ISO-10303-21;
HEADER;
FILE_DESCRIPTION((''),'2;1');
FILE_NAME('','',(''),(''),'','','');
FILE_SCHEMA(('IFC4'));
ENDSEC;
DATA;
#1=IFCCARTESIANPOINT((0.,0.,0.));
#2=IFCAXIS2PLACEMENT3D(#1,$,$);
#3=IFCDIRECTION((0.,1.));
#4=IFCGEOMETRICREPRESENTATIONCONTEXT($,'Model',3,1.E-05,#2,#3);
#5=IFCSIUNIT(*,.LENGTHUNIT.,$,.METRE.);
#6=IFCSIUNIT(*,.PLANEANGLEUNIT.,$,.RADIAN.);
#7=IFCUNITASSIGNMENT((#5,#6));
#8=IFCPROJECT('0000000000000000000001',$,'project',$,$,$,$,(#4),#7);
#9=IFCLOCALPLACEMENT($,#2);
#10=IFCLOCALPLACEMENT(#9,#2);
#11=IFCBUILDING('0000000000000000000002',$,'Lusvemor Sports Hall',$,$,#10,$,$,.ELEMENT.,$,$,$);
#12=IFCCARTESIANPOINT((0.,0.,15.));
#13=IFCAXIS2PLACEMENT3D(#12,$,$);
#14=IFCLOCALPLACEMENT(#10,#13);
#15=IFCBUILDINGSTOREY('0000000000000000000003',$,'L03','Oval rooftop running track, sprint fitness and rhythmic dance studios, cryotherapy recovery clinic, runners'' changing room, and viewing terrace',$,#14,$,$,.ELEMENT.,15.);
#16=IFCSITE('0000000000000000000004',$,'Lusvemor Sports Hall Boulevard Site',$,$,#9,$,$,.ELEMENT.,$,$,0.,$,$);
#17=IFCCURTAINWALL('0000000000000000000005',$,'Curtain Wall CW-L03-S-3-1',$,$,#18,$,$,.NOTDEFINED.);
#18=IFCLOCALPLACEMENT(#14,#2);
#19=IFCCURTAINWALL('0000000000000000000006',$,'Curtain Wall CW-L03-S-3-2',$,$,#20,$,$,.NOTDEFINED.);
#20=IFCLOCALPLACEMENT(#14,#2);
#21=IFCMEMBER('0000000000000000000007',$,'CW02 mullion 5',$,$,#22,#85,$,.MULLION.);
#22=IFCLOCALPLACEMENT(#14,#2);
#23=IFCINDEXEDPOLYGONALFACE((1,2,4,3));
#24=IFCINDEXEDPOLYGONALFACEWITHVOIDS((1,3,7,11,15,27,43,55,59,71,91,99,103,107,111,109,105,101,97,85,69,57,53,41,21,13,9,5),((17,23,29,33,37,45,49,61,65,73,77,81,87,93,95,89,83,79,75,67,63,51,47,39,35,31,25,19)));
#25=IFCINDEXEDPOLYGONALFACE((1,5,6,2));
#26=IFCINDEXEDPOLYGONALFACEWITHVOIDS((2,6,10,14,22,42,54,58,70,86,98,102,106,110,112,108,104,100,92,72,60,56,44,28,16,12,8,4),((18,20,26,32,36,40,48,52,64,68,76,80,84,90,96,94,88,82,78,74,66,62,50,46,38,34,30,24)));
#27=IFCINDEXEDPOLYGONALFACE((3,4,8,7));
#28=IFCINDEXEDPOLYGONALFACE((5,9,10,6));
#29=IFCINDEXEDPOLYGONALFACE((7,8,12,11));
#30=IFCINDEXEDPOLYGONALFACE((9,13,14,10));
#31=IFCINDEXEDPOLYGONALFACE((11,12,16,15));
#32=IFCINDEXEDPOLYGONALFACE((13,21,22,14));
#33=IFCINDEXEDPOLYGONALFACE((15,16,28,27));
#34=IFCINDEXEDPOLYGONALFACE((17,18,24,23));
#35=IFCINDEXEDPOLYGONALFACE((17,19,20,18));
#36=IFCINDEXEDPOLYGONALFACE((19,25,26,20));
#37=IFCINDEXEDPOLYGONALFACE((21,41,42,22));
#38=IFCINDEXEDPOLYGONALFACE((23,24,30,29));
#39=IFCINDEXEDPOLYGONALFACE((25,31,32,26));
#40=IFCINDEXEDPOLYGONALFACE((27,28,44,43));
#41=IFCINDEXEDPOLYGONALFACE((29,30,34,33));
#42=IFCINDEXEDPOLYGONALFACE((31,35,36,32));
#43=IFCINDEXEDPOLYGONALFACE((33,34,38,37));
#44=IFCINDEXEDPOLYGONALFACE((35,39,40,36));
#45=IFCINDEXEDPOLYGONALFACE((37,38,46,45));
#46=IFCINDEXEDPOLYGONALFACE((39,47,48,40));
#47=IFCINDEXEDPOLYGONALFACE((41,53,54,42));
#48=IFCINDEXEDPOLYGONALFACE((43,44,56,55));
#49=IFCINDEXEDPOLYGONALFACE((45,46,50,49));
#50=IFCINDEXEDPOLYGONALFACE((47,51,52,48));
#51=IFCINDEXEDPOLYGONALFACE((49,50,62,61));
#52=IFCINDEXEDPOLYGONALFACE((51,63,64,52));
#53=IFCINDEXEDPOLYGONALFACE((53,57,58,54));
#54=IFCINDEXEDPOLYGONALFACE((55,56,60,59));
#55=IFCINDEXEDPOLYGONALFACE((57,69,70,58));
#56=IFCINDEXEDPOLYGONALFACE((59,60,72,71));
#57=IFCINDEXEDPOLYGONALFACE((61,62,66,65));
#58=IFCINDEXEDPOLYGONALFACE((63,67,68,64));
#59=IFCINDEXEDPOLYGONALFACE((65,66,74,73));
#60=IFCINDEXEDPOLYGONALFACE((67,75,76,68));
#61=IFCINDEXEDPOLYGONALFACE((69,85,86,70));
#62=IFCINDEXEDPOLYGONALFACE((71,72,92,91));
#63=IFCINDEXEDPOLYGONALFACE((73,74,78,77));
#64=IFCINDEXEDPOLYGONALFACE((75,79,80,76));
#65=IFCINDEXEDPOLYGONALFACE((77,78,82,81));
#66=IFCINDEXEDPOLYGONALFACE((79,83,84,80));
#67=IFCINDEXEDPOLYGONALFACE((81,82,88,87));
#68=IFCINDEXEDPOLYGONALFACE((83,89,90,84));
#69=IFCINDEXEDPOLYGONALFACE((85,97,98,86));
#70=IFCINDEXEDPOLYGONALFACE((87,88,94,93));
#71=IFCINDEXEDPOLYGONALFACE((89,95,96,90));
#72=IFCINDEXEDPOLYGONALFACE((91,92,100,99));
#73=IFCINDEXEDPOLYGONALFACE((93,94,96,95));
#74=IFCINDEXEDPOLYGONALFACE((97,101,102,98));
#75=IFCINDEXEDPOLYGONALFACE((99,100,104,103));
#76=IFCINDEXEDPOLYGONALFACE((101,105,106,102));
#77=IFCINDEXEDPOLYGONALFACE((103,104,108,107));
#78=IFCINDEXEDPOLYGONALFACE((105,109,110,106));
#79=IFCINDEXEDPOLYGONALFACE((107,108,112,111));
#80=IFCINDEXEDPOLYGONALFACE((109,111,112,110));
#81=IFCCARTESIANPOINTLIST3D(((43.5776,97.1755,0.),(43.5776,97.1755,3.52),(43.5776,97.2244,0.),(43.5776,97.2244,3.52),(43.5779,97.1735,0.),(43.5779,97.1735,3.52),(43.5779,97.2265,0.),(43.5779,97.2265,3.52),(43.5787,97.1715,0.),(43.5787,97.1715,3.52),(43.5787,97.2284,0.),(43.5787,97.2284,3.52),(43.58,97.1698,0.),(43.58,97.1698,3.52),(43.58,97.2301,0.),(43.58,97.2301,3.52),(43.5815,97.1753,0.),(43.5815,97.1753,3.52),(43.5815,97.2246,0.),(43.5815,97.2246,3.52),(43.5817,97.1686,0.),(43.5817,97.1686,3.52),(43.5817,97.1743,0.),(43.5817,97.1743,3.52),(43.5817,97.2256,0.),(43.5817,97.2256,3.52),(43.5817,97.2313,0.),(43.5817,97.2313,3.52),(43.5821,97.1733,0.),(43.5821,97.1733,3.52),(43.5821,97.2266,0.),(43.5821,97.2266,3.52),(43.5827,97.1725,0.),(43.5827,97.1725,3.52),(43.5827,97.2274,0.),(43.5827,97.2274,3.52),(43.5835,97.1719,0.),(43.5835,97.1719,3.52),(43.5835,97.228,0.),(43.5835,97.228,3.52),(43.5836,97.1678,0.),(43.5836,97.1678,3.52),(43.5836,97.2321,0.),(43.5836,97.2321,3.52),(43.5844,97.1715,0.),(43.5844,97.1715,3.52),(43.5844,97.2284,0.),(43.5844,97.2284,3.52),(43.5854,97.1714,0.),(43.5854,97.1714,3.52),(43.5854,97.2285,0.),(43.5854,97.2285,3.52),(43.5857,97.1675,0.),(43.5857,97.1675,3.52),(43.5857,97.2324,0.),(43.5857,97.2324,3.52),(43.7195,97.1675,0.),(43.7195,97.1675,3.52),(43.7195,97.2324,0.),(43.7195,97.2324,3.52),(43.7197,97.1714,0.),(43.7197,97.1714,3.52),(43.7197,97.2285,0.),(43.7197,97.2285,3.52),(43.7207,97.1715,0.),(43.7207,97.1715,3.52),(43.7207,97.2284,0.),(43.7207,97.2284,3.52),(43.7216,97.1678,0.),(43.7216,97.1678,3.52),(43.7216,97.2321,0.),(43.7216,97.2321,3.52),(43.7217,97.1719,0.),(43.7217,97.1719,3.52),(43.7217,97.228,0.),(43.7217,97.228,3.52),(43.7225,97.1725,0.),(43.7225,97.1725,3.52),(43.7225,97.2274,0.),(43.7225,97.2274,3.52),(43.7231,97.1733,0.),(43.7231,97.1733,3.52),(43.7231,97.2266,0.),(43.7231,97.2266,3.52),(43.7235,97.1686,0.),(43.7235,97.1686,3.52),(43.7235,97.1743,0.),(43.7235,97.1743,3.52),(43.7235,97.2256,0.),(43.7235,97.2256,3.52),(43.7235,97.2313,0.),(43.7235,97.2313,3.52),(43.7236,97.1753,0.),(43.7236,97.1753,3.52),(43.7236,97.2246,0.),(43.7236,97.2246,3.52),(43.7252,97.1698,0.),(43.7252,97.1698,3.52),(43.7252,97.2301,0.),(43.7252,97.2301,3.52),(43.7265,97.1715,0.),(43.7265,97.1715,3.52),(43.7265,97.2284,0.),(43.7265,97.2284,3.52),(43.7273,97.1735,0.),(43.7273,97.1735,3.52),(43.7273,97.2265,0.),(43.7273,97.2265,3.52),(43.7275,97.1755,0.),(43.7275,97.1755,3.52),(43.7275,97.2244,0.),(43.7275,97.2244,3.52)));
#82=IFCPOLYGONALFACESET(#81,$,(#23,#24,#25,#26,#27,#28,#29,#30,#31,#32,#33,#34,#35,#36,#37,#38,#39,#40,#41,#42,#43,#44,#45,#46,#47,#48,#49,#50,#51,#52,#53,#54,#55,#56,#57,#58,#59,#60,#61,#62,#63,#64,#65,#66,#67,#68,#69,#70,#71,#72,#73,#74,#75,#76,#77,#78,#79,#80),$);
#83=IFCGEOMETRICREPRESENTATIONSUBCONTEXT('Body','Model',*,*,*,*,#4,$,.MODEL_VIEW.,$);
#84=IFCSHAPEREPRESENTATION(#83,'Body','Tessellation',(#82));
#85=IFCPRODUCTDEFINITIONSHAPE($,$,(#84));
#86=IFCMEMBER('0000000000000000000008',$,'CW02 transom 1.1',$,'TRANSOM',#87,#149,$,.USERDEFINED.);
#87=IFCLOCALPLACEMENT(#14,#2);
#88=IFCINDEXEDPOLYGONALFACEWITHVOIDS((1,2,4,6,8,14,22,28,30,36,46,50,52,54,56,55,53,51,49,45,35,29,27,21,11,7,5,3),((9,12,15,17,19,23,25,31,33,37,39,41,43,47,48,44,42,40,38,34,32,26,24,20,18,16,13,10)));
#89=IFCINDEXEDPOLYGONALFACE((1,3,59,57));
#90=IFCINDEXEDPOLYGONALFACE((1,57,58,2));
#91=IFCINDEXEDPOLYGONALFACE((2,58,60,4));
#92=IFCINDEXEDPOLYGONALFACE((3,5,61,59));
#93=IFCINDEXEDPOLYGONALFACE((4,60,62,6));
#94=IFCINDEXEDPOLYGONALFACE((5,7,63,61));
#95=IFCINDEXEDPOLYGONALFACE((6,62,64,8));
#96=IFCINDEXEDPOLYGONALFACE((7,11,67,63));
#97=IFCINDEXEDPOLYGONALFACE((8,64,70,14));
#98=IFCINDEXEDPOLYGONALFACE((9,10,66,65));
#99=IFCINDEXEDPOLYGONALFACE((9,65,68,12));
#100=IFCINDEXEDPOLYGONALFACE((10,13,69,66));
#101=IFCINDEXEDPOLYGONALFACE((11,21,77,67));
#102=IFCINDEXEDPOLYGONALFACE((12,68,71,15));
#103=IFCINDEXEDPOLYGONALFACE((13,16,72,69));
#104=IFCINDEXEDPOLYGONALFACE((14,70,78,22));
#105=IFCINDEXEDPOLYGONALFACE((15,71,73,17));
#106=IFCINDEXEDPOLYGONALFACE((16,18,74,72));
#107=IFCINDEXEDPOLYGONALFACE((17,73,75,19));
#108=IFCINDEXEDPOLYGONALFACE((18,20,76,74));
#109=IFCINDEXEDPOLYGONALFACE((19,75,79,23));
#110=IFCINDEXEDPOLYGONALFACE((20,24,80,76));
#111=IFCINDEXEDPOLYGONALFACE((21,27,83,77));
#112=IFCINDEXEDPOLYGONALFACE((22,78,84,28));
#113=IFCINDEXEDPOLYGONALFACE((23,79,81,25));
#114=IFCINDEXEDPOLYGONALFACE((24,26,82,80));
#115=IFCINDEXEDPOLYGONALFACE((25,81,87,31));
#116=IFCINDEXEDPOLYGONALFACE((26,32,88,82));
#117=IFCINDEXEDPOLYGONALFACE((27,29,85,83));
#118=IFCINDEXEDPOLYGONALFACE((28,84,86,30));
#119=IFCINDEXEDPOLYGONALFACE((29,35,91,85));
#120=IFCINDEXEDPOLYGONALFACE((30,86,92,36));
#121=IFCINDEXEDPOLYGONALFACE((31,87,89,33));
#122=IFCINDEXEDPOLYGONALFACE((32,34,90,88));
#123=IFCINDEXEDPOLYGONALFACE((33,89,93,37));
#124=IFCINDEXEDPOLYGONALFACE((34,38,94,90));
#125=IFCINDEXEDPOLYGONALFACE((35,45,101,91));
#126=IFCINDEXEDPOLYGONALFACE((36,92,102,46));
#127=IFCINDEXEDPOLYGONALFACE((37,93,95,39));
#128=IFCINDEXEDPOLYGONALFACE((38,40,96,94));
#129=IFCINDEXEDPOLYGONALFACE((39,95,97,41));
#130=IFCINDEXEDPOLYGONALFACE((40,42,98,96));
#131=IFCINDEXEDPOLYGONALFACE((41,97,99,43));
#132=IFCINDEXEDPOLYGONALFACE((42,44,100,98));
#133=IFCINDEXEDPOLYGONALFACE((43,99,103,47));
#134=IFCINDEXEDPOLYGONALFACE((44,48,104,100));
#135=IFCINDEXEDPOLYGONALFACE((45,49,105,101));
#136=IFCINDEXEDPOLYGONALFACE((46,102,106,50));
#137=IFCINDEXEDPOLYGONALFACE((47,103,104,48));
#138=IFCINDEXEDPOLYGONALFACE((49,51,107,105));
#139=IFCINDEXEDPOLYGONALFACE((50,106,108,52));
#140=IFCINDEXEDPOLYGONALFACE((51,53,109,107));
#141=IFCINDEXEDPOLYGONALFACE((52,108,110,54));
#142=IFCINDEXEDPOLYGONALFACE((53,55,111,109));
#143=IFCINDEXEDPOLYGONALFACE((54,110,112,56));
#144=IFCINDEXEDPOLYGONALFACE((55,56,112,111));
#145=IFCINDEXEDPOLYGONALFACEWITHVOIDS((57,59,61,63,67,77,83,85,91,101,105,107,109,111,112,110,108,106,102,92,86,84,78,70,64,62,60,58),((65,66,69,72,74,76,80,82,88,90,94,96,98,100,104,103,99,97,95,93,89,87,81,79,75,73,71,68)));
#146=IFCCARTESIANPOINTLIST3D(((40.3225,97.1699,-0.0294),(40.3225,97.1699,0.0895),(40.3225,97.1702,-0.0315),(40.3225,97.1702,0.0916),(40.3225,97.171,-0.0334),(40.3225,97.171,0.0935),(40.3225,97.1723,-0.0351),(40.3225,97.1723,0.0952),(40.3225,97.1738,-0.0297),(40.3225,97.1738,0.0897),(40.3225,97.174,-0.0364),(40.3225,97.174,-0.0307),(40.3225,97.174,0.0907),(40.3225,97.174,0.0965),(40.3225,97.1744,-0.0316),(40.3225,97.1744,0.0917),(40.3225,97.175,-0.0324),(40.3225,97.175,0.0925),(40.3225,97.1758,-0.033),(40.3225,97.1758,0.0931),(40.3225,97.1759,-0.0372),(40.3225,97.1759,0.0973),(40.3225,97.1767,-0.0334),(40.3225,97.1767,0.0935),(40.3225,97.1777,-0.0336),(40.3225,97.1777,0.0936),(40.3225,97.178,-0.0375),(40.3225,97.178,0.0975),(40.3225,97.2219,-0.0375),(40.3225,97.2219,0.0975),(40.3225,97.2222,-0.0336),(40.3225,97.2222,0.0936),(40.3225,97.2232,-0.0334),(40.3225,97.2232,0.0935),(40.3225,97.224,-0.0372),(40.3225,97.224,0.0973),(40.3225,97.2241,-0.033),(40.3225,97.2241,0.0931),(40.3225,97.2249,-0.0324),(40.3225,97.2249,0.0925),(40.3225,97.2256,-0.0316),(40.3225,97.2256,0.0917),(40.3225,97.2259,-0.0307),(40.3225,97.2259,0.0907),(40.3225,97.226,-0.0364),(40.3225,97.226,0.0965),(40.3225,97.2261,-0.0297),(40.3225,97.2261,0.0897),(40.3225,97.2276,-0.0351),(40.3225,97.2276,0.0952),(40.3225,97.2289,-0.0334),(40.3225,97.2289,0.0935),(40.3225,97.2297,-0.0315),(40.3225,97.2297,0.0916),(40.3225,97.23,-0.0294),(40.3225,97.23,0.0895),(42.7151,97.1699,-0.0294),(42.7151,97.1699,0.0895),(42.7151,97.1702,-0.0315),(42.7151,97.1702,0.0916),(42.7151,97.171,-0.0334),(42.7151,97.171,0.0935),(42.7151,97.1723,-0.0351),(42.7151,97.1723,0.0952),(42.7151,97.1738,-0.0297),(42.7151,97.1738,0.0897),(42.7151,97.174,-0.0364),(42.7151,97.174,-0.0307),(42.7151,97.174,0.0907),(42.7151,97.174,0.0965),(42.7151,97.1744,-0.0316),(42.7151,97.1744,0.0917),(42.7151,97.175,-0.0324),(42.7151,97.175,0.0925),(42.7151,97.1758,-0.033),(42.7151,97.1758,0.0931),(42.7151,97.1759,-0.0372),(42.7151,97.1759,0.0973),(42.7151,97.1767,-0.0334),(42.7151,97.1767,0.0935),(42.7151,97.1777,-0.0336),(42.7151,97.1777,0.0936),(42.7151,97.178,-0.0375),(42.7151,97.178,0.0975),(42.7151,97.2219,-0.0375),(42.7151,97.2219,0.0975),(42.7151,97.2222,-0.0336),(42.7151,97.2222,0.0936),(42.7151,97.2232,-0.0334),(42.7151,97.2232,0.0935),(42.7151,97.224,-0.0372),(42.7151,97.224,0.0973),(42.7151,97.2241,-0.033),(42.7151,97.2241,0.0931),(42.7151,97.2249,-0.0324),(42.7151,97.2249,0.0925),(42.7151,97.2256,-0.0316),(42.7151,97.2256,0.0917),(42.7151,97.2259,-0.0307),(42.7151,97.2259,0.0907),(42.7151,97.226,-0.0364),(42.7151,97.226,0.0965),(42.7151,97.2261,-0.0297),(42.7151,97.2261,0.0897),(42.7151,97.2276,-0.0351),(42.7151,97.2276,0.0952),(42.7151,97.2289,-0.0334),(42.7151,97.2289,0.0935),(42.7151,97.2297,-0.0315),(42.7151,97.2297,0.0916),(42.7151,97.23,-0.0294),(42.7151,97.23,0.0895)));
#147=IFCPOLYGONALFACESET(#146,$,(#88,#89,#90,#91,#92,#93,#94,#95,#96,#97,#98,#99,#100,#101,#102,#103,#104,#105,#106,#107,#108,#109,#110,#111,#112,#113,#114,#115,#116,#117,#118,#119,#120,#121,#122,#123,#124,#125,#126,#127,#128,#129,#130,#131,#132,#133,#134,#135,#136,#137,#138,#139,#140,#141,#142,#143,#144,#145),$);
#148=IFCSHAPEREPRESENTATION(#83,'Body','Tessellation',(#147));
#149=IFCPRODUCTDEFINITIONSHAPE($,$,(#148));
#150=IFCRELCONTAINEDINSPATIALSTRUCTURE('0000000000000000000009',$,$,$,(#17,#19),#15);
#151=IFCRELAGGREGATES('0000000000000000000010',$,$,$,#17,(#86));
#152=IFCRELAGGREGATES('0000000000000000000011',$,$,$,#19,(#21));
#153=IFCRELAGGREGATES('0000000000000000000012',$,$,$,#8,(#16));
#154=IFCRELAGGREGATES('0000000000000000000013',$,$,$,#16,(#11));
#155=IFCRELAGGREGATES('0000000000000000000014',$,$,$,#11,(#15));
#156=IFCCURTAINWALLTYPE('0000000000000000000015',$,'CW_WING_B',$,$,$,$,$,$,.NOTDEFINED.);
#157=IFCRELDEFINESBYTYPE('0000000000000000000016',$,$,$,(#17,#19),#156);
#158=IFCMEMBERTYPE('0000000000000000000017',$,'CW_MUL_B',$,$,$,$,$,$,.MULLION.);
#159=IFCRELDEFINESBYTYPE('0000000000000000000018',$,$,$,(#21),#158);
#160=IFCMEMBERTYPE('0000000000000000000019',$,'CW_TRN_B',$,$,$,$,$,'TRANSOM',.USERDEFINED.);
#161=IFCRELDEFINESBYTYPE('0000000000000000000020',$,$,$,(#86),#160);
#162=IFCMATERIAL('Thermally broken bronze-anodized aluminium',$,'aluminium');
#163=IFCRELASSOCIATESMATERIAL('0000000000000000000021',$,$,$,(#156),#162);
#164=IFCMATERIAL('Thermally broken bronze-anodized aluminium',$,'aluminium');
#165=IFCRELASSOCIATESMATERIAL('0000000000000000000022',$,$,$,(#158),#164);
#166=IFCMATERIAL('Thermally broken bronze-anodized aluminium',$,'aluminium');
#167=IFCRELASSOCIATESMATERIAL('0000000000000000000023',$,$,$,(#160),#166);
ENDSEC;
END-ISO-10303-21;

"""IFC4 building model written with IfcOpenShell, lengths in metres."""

from ifc_helpers import new_model, si_unit, direction, frame, origin, origin_2d, place, context, subcontext, project, spatial, hollow_rectangle, extrude, material, material_profile, profile_set, type_object, element, aggregate, save


model = new_model("IFC4")

# Units and contexts
model_context = context("Model", 3, precision=1e-05, world=origin(), true_north=direction((0.0, 1.0)))
body_context = subcontext(model_context, "Body", "Model", "MODEL_VIEW")
ifc_project = project(units=[si_unit("LENGTHUNIT", "METRE"), si_unit("PLANEANGLEUNIT", "RADIAN")], contexts=[model_context])

# Site, building, storey
site_placement = place(None, origin())
site = spatial("IfcSite", under=ifc_project, at=site_placement, Name="Lusvemor Sports Hall Boulevard Site", CompositionType="ELEMENT", RefElevation=0.0)
building_placement = place(site_placement, origin())
building = spatial("IfcBuilding", under=site, at=building_placement, Name="Lusvemor Sports Hall", CompositionType="ELEMENT")
storey_placement = place(building_placement, frame((0.0, 0.0, 15.0)))
storey = spatial("IfcBuildingStorey", under=building, at=storey_placement, Name="L03", Description="Oval rooftop running track, sprint fitness and rhythmic dance studios, cryotherapy recovery clinic, runners' changing room, and viewing terrace", CompositionType="ELEMENT", Elevation=15.0)

# Curtain walls, member
ifc_material_1 = material(Name="Thermally broken bronze-anodized aluminium", Category="aluminium")
curtain_wall_type = type_object("IfcCurtainWallType", Name="CW_WING_B", PredefinedType="NOTDEFINED", material=ifc_material_1)
curtain_wall_1_placement = place(storey_placement, origin())
curtain_wall_1 = element("IfcCurtainWall", 1, at=curtain_wall_1_placement, inside=storey, type_object=curtain_wall_type, Name="Curtain Wall CW-L03-S-3-1", PredefinedType="NOTDEFINED")
ifc_material_2 = material(Name="Thermally broken bronze-anodized aluminium", Category="aluminium")
ifc_material_profile_1 = material_profile(ifc_material_2, hollow_rectangle(XDim=0.0649, YDim=0.1499, WallThickness=0.0039, InnerFilletRadius=0.0039, OuterFilletRadius=0.0081, at=origin_2d()), Name="CWMUL150x65x4")
ifc_profile_set_1 = profile_set([ifc_material_profile_1], Name="Thermally broken bronze-anodized aluminium")
member_type_1 = type_object("IfcMemberType", Name="CW_MUL_B", PredefinedType="MULLION", material=ifc_profile_set_1)
curtain_wall_2_placement = place(storey_placement, origin())
curtain_wall_2 = element("IfcCurtainWall", 2, at=curtain_wall_2_placement, inside=storey, type_object=curtain_wall_type, Name="Curtain Wall CW-L03-S-3-2", PredefinedType="NOTDEFINED")
member_1_placement = place(storey_placement, frame((43.6526, 97.2, 0.0), z_axis=(0.0, 0.0, 1.0), x_axis=(0.0, -1.0, 0.0)))
member_1 = element("IfcMember", 3, at=member_1_placement, type_object=member_type_1, Name="CW02 mullion 5", PredefinedType="MULLION", context=body_context, shape_type="SweptSolid", body=[
    extrude(hollow_rectangle(XDim=0.0649, YDim=0.1499, WallThickness=0.0039, InnerFilletRadius=0.0039, OuterFilletRadius=0.0081, at=origin_2d()), origin(), (0.0, 0.0, 1.0), 3.52),
])

# Member
ifc_material_3 = material(Name="Thermally broken bronze-anodized aluminium", Category="aluminium")
ifc_material_profile_2 = material_profile(ifc_material_3, hollow_rectangle(XDim=0.0601, YDim=0.135, WallThickness=0.0039, InnerFilletRadius=0.0039, OuterFilletRadius=0.0081, at=origin_2d()), Name="CWTRN135x60x4")
ifc_profile_set_2 = profile_set([ifc_material_profile_2], Name="Thermally broken bronze-anodized aluminium")
member_type_2 = type_object("IfcMemberType", Name="CW_TRN_B", ElementType="TRANSOM", PredefinedType="USERDEFINED", material=ifc_profile_set_2)
member_2_placement = place(storey_placement, frame((42.7151, 97.2, 0.03), z_axis=(-1.0, 0.0, 0.0), x_axis=(0.0, -1.0, 0.0)))
member_2 = element("IfcMember", 4, at=member_2_placement, type_object=member_type_2, Name="CW02 transom 1.1", ObjectType="TRANSOM", PredefinedType="USERDEFINED", context=body_context, shape_type="SweptSolid", body=[
    extrude(hollow_rectangle(XDim=0.0601, YDim=0.135, WallThickness=0.0039, InnerFilletRadius=0.0039, OuterFilletRadius=0.0081, at=origin_2d()), origin(), (0.0, 0.0, 1.0), 2.3926),
])

aggregate(curtain_wall_1, [member_2])
aggregate(curtain_wall_2, [member_1])

save(model, "model.ifc")
